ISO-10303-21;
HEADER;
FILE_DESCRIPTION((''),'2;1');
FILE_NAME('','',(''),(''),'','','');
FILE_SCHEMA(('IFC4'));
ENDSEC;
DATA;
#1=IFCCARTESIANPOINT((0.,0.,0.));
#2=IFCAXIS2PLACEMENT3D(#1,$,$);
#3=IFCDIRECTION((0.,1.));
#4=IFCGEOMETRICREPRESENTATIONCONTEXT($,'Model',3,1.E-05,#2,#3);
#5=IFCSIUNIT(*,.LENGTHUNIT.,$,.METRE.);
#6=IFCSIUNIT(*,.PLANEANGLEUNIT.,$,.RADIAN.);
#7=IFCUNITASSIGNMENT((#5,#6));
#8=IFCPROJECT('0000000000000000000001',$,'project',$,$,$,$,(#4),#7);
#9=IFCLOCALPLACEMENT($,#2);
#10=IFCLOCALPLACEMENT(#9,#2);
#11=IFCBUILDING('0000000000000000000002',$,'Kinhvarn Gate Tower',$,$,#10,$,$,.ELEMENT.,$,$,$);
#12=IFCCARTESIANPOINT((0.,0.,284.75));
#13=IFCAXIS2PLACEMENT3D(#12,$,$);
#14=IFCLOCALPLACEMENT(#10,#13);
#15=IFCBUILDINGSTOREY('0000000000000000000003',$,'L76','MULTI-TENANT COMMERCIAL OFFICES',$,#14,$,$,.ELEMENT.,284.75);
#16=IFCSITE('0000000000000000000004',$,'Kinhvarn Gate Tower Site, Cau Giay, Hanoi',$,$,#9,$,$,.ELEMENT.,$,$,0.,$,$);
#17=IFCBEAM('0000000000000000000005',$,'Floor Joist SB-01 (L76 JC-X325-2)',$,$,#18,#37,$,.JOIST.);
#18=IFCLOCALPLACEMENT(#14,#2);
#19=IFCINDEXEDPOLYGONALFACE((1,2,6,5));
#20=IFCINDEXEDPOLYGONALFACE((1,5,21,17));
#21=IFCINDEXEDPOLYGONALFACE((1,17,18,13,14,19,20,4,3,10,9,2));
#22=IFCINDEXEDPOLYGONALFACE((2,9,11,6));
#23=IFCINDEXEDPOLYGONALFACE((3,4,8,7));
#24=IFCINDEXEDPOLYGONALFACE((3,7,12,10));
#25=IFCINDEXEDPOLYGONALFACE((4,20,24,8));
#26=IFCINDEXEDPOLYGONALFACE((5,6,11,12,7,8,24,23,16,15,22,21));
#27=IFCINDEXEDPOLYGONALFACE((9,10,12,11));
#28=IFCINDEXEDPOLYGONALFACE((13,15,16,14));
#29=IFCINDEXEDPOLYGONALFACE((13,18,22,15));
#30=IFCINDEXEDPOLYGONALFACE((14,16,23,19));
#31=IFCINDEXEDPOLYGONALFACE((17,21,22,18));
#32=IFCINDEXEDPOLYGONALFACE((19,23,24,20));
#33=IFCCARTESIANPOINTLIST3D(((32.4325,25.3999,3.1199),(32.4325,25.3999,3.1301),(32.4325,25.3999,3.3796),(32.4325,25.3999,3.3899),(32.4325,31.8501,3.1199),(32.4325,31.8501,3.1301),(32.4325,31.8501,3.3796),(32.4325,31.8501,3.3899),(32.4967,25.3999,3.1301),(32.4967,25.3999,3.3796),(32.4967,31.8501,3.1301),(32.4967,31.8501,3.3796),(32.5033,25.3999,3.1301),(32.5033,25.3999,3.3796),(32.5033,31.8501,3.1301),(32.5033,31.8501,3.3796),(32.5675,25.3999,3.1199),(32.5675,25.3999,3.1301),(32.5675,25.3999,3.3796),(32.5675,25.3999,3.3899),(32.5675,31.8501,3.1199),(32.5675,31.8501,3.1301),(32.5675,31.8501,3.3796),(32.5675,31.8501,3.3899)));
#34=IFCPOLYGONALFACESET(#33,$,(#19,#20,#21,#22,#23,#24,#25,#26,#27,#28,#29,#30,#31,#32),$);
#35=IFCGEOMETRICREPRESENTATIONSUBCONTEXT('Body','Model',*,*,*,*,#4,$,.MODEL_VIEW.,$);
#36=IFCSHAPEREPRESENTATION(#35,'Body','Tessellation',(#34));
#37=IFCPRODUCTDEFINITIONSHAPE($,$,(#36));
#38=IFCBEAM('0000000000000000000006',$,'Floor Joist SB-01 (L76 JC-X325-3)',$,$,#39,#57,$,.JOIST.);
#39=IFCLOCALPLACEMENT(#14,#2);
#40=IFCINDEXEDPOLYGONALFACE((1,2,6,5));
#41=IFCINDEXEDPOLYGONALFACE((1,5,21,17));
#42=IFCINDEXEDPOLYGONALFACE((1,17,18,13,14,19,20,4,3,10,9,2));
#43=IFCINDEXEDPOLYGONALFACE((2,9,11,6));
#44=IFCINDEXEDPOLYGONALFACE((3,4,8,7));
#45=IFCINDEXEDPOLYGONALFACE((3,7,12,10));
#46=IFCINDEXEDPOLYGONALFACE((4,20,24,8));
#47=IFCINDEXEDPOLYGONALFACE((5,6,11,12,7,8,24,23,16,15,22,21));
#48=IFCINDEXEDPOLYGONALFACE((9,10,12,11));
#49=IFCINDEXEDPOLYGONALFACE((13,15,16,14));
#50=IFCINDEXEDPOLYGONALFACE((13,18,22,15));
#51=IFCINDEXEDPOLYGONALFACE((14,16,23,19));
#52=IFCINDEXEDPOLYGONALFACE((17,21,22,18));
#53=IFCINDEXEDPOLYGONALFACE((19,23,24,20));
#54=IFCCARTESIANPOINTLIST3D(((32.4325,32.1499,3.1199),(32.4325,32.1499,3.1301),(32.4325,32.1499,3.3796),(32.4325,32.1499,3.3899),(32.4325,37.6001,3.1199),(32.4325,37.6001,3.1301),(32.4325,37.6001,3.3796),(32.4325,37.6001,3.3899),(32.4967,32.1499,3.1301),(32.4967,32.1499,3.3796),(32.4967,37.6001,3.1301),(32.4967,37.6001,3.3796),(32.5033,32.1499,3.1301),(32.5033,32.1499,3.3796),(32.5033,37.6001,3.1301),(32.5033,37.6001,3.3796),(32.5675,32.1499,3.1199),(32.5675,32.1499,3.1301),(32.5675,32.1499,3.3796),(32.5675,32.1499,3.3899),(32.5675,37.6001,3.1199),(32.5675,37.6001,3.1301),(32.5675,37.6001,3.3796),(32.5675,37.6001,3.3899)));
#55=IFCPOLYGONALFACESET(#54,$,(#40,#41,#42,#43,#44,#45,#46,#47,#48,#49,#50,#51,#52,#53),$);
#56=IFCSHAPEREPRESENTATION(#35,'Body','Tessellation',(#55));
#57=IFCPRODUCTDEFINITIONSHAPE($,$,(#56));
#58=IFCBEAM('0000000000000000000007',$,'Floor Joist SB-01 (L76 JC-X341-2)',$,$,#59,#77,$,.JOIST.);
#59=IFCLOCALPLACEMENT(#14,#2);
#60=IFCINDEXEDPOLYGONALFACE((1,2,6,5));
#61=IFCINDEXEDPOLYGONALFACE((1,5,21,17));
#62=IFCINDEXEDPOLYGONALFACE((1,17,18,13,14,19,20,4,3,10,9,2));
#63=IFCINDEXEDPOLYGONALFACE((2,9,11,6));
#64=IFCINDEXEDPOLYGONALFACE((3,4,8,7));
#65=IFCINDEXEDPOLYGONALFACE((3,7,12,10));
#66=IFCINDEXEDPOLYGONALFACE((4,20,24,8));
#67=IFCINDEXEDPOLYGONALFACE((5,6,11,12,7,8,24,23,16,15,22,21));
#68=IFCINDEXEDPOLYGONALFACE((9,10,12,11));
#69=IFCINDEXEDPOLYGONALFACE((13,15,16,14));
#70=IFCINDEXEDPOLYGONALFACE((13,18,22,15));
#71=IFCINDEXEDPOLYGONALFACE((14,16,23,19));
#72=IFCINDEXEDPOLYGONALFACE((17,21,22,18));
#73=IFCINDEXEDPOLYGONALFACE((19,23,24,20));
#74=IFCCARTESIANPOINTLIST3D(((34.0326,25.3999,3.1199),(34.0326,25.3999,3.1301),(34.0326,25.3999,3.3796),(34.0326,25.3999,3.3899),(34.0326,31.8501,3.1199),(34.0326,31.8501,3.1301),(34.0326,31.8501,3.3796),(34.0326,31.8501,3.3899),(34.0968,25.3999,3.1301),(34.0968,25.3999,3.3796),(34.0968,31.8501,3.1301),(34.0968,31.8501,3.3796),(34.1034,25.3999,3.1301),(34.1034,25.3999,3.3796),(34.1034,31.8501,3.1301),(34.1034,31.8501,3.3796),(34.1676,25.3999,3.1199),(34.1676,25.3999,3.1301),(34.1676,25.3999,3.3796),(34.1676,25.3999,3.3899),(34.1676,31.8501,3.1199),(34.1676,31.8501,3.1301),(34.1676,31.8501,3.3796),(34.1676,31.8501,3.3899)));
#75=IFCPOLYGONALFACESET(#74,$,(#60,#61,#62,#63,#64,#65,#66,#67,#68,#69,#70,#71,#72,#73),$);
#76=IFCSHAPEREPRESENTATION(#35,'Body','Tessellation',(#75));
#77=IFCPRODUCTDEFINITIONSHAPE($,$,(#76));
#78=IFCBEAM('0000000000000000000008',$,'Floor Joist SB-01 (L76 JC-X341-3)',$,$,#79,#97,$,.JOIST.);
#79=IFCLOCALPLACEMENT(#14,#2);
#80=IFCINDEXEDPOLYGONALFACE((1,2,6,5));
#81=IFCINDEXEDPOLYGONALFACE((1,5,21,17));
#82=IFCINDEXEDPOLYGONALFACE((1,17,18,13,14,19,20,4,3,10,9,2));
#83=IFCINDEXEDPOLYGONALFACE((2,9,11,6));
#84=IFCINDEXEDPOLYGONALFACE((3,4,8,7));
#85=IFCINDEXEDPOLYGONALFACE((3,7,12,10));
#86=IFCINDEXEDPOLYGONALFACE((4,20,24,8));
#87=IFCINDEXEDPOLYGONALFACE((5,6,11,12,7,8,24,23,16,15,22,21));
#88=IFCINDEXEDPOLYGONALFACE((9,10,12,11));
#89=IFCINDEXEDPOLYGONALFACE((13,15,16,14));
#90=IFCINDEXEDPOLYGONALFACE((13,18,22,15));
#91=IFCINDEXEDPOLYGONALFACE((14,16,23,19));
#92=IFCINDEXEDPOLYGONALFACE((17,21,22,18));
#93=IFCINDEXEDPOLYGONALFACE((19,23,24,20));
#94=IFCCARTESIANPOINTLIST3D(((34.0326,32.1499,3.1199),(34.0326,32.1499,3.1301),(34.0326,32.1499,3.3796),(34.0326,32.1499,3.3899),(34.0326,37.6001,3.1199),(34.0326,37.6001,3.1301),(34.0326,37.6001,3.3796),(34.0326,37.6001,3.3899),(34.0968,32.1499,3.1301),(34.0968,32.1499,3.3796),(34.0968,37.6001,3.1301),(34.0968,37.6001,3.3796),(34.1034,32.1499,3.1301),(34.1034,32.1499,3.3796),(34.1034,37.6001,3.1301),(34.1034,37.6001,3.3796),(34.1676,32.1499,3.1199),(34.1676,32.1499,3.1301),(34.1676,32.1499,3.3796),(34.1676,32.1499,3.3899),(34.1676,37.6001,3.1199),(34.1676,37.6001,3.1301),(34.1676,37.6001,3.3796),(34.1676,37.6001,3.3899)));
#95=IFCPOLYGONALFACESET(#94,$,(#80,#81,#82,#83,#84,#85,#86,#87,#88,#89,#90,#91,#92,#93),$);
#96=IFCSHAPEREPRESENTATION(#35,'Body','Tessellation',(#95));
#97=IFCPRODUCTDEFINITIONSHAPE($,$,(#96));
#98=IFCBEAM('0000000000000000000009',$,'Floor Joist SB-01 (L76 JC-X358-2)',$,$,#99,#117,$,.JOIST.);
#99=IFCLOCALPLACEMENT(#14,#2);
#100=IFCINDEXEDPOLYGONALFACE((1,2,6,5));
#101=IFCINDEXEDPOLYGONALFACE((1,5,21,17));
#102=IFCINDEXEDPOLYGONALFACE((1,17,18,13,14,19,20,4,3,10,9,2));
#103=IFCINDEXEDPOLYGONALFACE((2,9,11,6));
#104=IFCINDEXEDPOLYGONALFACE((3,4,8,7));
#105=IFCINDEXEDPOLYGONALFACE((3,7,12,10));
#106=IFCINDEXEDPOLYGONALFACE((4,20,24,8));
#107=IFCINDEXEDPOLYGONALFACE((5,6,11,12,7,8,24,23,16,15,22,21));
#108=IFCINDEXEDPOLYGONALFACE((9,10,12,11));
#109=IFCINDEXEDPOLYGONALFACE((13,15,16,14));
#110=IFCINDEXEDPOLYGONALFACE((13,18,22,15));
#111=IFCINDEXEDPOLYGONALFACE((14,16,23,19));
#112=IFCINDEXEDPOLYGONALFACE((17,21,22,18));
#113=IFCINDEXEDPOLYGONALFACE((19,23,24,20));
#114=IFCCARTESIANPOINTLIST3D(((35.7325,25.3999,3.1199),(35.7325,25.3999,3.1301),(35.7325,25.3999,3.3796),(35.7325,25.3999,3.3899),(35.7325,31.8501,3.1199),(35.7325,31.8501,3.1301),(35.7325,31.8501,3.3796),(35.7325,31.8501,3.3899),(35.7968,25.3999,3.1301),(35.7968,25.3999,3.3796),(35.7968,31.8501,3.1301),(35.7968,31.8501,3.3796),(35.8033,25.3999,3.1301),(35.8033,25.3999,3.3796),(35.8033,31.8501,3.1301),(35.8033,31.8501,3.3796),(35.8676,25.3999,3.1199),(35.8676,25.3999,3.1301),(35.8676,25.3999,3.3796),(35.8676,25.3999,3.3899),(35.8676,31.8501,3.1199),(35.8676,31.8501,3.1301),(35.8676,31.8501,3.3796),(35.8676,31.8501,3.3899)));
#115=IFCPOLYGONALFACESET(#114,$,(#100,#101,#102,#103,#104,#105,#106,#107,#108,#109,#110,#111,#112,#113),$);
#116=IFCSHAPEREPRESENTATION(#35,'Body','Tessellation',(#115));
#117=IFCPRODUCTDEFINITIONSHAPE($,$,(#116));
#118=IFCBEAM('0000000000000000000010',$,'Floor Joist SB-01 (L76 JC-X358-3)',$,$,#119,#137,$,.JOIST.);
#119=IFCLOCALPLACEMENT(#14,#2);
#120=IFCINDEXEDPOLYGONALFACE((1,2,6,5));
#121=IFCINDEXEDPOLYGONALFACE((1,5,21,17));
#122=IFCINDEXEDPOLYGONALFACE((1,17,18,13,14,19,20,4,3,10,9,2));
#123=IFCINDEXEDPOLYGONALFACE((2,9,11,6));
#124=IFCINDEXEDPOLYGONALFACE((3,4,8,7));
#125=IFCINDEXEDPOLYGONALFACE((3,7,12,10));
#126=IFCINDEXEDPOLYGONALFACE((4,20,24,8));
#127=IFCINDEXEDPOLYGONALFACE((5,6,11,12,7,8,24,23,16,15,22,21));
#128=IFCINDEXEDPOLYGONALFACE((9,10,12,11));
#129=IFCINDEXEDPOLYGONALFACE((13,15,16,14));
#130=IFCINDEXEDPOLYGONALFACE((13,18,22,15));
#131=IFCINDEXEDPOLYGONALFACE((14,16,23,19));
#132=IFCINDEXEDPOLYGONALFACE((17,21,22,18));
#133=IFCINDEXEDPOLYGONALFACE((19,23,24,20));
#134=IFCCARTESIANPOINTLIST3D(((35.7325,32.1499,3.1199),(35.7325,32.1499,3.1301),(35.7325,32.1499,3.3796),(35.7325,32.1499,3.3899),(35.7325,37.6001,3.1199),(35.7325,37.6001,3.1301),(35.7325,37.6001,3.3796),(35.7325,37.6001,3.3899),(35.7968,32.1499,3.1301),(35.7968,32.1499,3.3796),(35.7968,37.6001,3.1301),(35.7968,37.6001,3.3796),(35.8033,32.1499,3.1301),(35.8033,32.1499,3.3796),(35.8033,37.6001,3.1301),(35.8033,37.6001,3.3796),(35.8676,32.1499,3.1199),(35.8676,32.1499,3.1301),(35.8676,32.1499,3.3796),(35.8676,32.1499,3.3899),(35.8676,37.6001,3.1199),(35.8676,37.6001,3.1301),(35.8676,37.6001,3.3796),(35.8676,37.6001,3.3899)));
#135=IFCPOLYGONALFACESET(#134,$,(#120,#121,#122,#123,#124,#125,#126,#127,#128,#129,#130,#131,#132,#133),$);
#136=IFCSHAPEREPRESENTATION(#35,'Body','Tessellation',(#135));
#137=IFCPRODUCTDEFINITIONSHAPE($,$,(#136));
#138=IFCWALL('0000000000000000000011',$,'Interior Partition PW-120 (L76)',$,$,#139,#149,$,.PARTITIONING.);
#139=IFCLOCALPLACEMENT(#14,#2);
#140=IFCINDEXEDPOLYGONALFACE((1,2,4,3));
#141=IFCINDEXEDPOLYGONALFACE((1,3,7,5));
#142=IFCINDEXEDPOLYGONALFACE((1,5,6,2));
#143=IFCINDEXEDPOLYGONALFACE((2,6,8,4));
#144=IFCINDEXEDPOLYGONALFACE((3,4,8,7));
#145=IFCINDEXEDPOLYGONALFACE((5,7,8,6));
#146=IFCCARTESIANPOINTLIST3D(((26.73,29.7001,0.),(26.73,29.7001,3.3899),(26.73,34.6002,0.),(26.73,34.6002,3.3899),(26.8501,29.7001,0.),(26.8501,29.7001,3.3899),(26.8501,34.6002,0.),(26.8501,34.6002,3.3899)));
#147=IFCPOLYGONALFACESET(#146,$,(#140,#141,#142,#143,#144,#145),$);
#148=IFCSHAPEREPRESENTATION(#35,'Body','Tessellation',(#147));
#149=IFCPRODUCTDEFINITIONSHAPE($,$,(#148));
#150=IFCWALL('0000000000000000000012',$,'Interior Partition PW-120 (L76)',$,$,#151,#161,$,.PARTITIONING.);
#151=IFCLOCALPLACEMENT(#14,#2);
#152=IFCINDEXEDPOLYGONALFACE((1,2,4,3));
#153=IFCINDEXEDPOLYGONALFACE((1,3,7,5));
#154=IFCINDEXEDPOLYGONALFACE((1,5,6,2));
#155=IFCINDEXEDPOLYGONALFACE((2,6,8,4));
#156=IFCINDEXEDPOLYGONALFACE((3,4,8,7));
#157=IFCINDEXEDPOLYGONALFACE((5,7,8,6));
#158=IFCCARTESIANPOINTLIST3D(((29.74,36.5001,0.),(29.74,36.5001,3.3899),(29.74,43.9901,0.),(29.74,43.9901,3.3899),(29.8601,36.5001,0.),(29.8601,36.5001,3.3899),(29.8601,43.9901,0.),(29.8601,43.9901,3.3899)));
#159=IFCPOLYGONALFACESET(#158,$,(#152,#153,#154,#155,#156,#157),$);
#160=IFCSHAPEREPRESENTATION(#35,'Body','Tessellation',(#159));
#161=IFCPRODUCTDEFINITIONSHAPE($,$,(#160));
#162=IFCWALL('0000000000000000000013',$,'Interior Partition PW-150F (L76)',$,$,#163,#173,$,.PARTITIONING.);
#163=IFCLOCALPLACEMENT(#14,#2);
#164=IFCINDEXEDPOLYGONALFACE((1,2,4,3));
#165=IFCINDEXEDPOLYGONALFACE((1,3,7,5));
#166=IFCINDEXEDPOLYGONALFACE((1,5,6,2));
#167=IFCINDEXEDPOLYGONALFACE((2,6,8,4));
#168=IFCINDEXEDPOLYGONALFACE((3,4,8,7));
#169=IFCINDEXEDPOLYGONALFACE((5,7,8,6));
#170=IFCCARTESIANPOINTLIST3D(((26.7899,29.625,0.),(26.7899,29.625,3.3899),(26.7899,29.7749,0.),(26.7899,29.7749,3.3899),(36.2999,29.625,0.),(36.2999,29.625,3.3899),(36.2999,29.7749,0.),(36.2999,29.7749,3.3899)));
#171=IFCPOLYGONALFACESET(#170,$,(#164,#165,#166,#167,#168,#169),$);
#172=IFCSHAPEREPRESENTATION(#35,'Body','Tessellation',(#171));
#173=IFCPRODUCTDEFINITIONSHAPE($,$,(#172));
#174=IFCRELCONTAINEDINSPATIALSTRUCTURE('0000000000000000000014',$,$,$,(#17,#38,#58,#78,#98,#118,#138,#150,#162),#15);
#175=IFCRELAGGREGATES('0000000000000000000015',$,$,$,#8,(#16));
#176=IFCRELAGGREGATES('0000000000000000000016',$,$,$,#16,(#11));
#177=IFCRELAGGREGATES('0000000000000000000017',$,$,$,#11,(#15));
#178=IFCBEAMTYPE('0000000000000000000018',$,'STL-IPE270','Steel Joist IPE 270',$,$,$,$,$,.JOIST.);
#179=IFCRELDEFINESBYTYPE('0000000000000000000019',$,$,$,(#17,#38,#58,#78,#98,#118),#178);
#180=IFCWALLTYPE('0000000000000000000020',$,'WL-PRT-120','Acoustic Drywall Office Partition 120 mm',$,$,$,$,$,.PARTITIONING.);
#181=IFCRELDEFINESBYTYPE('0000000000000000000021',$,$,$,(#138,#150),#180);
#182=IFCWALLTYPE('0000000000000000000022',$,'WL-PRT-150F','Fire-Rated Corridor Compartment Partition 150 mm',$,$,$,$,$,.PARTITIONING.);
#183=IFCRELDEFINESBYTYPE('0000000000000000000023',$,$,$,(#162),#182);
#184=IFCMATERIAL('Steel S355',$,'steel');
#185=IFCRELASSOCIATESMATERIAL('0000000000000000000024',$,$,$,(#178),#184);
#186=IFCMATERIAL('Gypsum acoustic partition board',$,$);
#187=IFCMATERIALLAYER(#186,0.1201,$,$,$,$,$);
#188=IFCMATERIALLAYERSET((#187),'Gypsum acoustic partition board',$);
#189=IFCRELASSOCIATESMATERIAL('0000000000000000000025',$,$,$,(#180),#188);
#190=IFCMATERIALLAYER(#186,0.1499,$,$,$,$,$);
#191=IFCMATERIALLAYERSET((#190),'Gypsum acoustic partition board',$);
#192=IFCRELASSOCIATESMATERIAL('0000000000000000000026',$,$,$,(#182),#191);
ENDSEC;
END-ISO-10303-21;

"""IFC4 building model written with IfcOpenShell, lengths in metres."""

from ifc_helpers import new_model, si_unit, direction, frame, frame_2d, origin, origin_2d, place, context, subcontext, project, spatial, rectangle, i_section, extrude, material, layer, layer_set, material_profile, profile_set, type_object, element, save


model = new_model("IFC4")

# Units and contexts
model_context = context("Model", 3, precision=1e-05, world=origin(), true_north=direction((0.0, 1.0)))
body_context = subcontext(model_context, "Body", "Model", "MODEL_VIEW")
ifc_project = project(units=[si_unit("LENGTHUNIT", "METRE"), si_unit("PLANEANGLEUNIT", "RADIAN")], contexts=[model_context])

# Site, building, storey
site_placement = place(None, origin())
site = spatial("IfcSite", under=ifc_project, at=site_placement, Name="Kinhvarn Gate Tower Site, Cau Giay, Hanoi", CompositionType="ELEMENT", RefElevation=0.0)
building_placement = place(site_placement, origin())
building = spatial("IfcBuilding", under=site, at=building_placement, Name="Kinhvarn Gate Tower", CompositionType="ELEMENT")
storey_placement = place(building_placement, frame((0.0, 0.0, 284.75)))
storey = spatial("IfcBuildingStorey", under=building, at=storey_placement, Name="L76", Description="MULTI-TENANT COMMERCIAL OFFICES", CompositionType="ELEMENT", Elevation=284.75)

# Beams
ifc_material_1 = material(Name="Steel S355", Category="steel")
ifc_material_profile_1 = material_profile(ifc_material_1, i_section(OverallWidth=0.135, OverallDepth=0.27, WebThickness=0.0066, FlangeThickness=0.0103, at=origin_2d()), Name="IPE 270")
ifc_profile_set_1 = profile_set([ifc_material_profile_1], Name="Steel S355")
beam_type = type_object("IfcBeamType", Name="STL-IPE270", Description="Steel Joist IPE 270", PredefinedType="JOIST", material=ifc_profile_set_1)
beam_1_placement = place(storey_placement, frame((32.5, 25.3999, 3.2549), z_axis=(0.0, 1.0, 0.0), x_axis=(-1.0, 0.0, 0.0)))
element("IfcBeam", 1, at=beam_1_placement, inside=storey, type_object=beam_type, Name="Floor Joist SB-01 (L76 JC-X325-2)", PredefinedType="JOIST", context=body_context, shape_type="SweptSolid", body=[
    extrude(i_section(OverallWidth=0.135, OverallDepth=0.27, WebThickness=0.0066, FlangeThickness=0.0103, at=origin_2d()), origin(), (0.0, 0.0, 1.0), 6.4502),
])
beam_2_placement = place(storey_placement, frame((32.5, 32.1499, 3.2549), z_axis=(0.0, 1.0, 0.0), x_axis=(-1.0, 0.0, 0.0)))
element("IfcBeam", 2, at=beam_2_placement, inside=storey, type_object=beam_type, Name="Floor Joist SB-01 (L76 JC-X325-3)", PredefinedType="JOIST", context=body_context, shape_type="SweptSolid", body=[
    extrude(i_section(OverallWidth=0.135, OverallDepth=0.27, WebThickness=0.0066, FlangeThickness=0.0103, at=origin_2d()), origin(), (0.0, 0.0, 1.0), 5.4502),
])
beam_3_placement = place(storey_placement, frame((34.1001, 25.3999, 3.2549), z_axis=(0.0, 1.0, 0.0), x_axis=(-1.0, 0.0, 0.0)))
element("IfcBeam", 3, at=beam_3_placement, inside=storey, type_object=beam_type, Name="Floor Joist SB-01 (L76 JC-X341-2)", PredefinedType="JOIST", context=body_context, shape_type="SweptSolid", body=[
    extrude(i_section(OverallWidth=0.135, OverallDepth=0.27, WebThickness=0.0066, FlangeThickness=0.0103, at=origin_2d()), origin(), (0.0, 0.0, 1.0), 6.4502),
])
beam_4_placement = place(storey_placement, frame((34.1001, 32.1499, 3.2549), z_axis=(0.0, 1.0, 0.0), x_axis=(-1.0, 0.0, 0.0)))
element("IfcBeam", 4, at=beam_4_placement, inside=storey, type_object=beam_type, Name="Floor Joist SB-01 (L76 JC-X341-3)", PredefinedType="JOIST", context=body_context, shape_type="SweptSolid", body=[
    extrude(i_section(OverallWidth=0.135, OverallDepth=0.27, WebThickness=0.0066, FlangeThickness=0.0103, at=origin_2d()), origin(), (0.0, 0.0, 1.0), 5.4502),
])
beam_5_placement = place(storey_placement, frame((35.8, 25.3999, 3.2549), z_axis=(0.0, 1.0, 0.0), x_axis=(-1.0, 0.0, 0.0)))
element("IfcBeam", 5, at=beam_5_placement, inside=storey, type_object=beam_type, Name="Floor Joist SB-01 (L76 JC-X358-2)", PredefinedType="JOIST", context=body_context, shape_type="SweptSolid", body=[
    extrude(i_section(OverallWidth=0.135, OverallDepth=0.27, WebThickness=0.0066, FlangeThickness=0.0103, at=origin_2d()), origin(), (0.0, 0.0, 1.0), 6.4502),
])
beam_6_placement = place(storey_placement, frame((35.8, 32.1499, 3.2549), z_axis=(0.0, 1.0, 0.0), x_axis=(-1.0, 0.0, 0.0)))
element("IfcBeam", 6, at=beam_6_placement, inside=storey, type_object=beam_type, Name="Floor Joist SB-01 (L76 JC-X358-3)", PredefinedType="JOIST", context=body_context, shape_type="SweptSolid", body=[
    extrude(i_section(OverallWidth=0.135, OverallDepth=0.27, WebThickness=0.0066, FlangeThickness=0.0103, at=origin_2d()), origin(), (0.0, 0.0, 1.0), 5.4502),
])

# Walls
ifc_material_2 = material(Name="Gypsum acoustic partition board")
ifc_layer_1 = layer(ifc_material_2, 0.1201)
ifc_layer_set_1 = layer_set([ifc_layer_1], Name="Gypsum acoustic partition board")
wall_type_1 = type_object("IfcWallType", Name="WL-PRT-120", Description="Acoustic Drywall Office Partition 120 mm", PredefinedType="PARTITIONING", material=ifc_layer_set_1)
wall_1_placement = place(storey_placement, frame((26.79, 29.7, 0.0), z_axis=(0.0, 0.0, 1.0), x_axis=(0.0, 1.0, 0.0)))
element("IfcWall", 7, at=wall_1_placement, inside=storey, type_object=wall_type_1, Name="Interior Partition PW-120 (L76)", PredefinedType="PARTITIONING", context=body_context, shape_type="SweptSolid", body=[
    extrude(rectangle(XDim=4.9001, YDim=0.1201, at=frame_2d((2.4502, 0.0))), origin(), (0.0, 0.0, 1.0), 3.3899),
])
wall_2_placement = place(storey_placement, frame((29.8, 36.5, 0.0), z_axis=(0.0, 0.0, 1.0), x_axis=(0.0, 1.0, 0.0)))
element("IfcWall", 8, at=wall_2_placement, inside=storey, type_object=wall_type_1, Name="Interior Partition PW-120 (L76)", PredefinedType="PARTITIONING", context=body_context, shape_type="SweptSolid", body=[
    extrude(rectangle(XDim=7.49, YDim=0.1201, at=frame_2d((3.7451, 0.0))), origin(), (0.0, 0.0, 1.0), 3.3899),
])
ifc_layer_2 = layer(ifc_material_2, 0.1499)
ifc_layer_set_2 = layer_set([ifc_layer_2], Name="Gypsum acoustic partition board")
wall_type_2 = type_object("IfcWallType", Name="WL-PRT-150F", Description="Fire-Rated Corridor Compartment Partition 150 mm", PredefinedType="PARTITIONING", material=ifc_layer_set_2)
wall_3_placement = place(storey_placement, frame((26.79, 29.7, 0.0), z_axis=(0.0, 0.0, 1.0), x_axis=(1.0, 0.0, 0.0)))
element("IfcWall", 9, at=wall_3_placement, inside=storey, type_object=wall_type_2, Name="Interior Partition PW-150F (L76)", PredefinedType="PARTITIONING", context=body_context, shape_type="SweptSolid", body=[
    extrude(rectangle(XDim=9.51, YDim=0.1499, at=frame_2d((4.7549, 0.0))), origin(), (0.0, 0.0, 1.0), 3.3899),
])

save(model, "model.ifc")
